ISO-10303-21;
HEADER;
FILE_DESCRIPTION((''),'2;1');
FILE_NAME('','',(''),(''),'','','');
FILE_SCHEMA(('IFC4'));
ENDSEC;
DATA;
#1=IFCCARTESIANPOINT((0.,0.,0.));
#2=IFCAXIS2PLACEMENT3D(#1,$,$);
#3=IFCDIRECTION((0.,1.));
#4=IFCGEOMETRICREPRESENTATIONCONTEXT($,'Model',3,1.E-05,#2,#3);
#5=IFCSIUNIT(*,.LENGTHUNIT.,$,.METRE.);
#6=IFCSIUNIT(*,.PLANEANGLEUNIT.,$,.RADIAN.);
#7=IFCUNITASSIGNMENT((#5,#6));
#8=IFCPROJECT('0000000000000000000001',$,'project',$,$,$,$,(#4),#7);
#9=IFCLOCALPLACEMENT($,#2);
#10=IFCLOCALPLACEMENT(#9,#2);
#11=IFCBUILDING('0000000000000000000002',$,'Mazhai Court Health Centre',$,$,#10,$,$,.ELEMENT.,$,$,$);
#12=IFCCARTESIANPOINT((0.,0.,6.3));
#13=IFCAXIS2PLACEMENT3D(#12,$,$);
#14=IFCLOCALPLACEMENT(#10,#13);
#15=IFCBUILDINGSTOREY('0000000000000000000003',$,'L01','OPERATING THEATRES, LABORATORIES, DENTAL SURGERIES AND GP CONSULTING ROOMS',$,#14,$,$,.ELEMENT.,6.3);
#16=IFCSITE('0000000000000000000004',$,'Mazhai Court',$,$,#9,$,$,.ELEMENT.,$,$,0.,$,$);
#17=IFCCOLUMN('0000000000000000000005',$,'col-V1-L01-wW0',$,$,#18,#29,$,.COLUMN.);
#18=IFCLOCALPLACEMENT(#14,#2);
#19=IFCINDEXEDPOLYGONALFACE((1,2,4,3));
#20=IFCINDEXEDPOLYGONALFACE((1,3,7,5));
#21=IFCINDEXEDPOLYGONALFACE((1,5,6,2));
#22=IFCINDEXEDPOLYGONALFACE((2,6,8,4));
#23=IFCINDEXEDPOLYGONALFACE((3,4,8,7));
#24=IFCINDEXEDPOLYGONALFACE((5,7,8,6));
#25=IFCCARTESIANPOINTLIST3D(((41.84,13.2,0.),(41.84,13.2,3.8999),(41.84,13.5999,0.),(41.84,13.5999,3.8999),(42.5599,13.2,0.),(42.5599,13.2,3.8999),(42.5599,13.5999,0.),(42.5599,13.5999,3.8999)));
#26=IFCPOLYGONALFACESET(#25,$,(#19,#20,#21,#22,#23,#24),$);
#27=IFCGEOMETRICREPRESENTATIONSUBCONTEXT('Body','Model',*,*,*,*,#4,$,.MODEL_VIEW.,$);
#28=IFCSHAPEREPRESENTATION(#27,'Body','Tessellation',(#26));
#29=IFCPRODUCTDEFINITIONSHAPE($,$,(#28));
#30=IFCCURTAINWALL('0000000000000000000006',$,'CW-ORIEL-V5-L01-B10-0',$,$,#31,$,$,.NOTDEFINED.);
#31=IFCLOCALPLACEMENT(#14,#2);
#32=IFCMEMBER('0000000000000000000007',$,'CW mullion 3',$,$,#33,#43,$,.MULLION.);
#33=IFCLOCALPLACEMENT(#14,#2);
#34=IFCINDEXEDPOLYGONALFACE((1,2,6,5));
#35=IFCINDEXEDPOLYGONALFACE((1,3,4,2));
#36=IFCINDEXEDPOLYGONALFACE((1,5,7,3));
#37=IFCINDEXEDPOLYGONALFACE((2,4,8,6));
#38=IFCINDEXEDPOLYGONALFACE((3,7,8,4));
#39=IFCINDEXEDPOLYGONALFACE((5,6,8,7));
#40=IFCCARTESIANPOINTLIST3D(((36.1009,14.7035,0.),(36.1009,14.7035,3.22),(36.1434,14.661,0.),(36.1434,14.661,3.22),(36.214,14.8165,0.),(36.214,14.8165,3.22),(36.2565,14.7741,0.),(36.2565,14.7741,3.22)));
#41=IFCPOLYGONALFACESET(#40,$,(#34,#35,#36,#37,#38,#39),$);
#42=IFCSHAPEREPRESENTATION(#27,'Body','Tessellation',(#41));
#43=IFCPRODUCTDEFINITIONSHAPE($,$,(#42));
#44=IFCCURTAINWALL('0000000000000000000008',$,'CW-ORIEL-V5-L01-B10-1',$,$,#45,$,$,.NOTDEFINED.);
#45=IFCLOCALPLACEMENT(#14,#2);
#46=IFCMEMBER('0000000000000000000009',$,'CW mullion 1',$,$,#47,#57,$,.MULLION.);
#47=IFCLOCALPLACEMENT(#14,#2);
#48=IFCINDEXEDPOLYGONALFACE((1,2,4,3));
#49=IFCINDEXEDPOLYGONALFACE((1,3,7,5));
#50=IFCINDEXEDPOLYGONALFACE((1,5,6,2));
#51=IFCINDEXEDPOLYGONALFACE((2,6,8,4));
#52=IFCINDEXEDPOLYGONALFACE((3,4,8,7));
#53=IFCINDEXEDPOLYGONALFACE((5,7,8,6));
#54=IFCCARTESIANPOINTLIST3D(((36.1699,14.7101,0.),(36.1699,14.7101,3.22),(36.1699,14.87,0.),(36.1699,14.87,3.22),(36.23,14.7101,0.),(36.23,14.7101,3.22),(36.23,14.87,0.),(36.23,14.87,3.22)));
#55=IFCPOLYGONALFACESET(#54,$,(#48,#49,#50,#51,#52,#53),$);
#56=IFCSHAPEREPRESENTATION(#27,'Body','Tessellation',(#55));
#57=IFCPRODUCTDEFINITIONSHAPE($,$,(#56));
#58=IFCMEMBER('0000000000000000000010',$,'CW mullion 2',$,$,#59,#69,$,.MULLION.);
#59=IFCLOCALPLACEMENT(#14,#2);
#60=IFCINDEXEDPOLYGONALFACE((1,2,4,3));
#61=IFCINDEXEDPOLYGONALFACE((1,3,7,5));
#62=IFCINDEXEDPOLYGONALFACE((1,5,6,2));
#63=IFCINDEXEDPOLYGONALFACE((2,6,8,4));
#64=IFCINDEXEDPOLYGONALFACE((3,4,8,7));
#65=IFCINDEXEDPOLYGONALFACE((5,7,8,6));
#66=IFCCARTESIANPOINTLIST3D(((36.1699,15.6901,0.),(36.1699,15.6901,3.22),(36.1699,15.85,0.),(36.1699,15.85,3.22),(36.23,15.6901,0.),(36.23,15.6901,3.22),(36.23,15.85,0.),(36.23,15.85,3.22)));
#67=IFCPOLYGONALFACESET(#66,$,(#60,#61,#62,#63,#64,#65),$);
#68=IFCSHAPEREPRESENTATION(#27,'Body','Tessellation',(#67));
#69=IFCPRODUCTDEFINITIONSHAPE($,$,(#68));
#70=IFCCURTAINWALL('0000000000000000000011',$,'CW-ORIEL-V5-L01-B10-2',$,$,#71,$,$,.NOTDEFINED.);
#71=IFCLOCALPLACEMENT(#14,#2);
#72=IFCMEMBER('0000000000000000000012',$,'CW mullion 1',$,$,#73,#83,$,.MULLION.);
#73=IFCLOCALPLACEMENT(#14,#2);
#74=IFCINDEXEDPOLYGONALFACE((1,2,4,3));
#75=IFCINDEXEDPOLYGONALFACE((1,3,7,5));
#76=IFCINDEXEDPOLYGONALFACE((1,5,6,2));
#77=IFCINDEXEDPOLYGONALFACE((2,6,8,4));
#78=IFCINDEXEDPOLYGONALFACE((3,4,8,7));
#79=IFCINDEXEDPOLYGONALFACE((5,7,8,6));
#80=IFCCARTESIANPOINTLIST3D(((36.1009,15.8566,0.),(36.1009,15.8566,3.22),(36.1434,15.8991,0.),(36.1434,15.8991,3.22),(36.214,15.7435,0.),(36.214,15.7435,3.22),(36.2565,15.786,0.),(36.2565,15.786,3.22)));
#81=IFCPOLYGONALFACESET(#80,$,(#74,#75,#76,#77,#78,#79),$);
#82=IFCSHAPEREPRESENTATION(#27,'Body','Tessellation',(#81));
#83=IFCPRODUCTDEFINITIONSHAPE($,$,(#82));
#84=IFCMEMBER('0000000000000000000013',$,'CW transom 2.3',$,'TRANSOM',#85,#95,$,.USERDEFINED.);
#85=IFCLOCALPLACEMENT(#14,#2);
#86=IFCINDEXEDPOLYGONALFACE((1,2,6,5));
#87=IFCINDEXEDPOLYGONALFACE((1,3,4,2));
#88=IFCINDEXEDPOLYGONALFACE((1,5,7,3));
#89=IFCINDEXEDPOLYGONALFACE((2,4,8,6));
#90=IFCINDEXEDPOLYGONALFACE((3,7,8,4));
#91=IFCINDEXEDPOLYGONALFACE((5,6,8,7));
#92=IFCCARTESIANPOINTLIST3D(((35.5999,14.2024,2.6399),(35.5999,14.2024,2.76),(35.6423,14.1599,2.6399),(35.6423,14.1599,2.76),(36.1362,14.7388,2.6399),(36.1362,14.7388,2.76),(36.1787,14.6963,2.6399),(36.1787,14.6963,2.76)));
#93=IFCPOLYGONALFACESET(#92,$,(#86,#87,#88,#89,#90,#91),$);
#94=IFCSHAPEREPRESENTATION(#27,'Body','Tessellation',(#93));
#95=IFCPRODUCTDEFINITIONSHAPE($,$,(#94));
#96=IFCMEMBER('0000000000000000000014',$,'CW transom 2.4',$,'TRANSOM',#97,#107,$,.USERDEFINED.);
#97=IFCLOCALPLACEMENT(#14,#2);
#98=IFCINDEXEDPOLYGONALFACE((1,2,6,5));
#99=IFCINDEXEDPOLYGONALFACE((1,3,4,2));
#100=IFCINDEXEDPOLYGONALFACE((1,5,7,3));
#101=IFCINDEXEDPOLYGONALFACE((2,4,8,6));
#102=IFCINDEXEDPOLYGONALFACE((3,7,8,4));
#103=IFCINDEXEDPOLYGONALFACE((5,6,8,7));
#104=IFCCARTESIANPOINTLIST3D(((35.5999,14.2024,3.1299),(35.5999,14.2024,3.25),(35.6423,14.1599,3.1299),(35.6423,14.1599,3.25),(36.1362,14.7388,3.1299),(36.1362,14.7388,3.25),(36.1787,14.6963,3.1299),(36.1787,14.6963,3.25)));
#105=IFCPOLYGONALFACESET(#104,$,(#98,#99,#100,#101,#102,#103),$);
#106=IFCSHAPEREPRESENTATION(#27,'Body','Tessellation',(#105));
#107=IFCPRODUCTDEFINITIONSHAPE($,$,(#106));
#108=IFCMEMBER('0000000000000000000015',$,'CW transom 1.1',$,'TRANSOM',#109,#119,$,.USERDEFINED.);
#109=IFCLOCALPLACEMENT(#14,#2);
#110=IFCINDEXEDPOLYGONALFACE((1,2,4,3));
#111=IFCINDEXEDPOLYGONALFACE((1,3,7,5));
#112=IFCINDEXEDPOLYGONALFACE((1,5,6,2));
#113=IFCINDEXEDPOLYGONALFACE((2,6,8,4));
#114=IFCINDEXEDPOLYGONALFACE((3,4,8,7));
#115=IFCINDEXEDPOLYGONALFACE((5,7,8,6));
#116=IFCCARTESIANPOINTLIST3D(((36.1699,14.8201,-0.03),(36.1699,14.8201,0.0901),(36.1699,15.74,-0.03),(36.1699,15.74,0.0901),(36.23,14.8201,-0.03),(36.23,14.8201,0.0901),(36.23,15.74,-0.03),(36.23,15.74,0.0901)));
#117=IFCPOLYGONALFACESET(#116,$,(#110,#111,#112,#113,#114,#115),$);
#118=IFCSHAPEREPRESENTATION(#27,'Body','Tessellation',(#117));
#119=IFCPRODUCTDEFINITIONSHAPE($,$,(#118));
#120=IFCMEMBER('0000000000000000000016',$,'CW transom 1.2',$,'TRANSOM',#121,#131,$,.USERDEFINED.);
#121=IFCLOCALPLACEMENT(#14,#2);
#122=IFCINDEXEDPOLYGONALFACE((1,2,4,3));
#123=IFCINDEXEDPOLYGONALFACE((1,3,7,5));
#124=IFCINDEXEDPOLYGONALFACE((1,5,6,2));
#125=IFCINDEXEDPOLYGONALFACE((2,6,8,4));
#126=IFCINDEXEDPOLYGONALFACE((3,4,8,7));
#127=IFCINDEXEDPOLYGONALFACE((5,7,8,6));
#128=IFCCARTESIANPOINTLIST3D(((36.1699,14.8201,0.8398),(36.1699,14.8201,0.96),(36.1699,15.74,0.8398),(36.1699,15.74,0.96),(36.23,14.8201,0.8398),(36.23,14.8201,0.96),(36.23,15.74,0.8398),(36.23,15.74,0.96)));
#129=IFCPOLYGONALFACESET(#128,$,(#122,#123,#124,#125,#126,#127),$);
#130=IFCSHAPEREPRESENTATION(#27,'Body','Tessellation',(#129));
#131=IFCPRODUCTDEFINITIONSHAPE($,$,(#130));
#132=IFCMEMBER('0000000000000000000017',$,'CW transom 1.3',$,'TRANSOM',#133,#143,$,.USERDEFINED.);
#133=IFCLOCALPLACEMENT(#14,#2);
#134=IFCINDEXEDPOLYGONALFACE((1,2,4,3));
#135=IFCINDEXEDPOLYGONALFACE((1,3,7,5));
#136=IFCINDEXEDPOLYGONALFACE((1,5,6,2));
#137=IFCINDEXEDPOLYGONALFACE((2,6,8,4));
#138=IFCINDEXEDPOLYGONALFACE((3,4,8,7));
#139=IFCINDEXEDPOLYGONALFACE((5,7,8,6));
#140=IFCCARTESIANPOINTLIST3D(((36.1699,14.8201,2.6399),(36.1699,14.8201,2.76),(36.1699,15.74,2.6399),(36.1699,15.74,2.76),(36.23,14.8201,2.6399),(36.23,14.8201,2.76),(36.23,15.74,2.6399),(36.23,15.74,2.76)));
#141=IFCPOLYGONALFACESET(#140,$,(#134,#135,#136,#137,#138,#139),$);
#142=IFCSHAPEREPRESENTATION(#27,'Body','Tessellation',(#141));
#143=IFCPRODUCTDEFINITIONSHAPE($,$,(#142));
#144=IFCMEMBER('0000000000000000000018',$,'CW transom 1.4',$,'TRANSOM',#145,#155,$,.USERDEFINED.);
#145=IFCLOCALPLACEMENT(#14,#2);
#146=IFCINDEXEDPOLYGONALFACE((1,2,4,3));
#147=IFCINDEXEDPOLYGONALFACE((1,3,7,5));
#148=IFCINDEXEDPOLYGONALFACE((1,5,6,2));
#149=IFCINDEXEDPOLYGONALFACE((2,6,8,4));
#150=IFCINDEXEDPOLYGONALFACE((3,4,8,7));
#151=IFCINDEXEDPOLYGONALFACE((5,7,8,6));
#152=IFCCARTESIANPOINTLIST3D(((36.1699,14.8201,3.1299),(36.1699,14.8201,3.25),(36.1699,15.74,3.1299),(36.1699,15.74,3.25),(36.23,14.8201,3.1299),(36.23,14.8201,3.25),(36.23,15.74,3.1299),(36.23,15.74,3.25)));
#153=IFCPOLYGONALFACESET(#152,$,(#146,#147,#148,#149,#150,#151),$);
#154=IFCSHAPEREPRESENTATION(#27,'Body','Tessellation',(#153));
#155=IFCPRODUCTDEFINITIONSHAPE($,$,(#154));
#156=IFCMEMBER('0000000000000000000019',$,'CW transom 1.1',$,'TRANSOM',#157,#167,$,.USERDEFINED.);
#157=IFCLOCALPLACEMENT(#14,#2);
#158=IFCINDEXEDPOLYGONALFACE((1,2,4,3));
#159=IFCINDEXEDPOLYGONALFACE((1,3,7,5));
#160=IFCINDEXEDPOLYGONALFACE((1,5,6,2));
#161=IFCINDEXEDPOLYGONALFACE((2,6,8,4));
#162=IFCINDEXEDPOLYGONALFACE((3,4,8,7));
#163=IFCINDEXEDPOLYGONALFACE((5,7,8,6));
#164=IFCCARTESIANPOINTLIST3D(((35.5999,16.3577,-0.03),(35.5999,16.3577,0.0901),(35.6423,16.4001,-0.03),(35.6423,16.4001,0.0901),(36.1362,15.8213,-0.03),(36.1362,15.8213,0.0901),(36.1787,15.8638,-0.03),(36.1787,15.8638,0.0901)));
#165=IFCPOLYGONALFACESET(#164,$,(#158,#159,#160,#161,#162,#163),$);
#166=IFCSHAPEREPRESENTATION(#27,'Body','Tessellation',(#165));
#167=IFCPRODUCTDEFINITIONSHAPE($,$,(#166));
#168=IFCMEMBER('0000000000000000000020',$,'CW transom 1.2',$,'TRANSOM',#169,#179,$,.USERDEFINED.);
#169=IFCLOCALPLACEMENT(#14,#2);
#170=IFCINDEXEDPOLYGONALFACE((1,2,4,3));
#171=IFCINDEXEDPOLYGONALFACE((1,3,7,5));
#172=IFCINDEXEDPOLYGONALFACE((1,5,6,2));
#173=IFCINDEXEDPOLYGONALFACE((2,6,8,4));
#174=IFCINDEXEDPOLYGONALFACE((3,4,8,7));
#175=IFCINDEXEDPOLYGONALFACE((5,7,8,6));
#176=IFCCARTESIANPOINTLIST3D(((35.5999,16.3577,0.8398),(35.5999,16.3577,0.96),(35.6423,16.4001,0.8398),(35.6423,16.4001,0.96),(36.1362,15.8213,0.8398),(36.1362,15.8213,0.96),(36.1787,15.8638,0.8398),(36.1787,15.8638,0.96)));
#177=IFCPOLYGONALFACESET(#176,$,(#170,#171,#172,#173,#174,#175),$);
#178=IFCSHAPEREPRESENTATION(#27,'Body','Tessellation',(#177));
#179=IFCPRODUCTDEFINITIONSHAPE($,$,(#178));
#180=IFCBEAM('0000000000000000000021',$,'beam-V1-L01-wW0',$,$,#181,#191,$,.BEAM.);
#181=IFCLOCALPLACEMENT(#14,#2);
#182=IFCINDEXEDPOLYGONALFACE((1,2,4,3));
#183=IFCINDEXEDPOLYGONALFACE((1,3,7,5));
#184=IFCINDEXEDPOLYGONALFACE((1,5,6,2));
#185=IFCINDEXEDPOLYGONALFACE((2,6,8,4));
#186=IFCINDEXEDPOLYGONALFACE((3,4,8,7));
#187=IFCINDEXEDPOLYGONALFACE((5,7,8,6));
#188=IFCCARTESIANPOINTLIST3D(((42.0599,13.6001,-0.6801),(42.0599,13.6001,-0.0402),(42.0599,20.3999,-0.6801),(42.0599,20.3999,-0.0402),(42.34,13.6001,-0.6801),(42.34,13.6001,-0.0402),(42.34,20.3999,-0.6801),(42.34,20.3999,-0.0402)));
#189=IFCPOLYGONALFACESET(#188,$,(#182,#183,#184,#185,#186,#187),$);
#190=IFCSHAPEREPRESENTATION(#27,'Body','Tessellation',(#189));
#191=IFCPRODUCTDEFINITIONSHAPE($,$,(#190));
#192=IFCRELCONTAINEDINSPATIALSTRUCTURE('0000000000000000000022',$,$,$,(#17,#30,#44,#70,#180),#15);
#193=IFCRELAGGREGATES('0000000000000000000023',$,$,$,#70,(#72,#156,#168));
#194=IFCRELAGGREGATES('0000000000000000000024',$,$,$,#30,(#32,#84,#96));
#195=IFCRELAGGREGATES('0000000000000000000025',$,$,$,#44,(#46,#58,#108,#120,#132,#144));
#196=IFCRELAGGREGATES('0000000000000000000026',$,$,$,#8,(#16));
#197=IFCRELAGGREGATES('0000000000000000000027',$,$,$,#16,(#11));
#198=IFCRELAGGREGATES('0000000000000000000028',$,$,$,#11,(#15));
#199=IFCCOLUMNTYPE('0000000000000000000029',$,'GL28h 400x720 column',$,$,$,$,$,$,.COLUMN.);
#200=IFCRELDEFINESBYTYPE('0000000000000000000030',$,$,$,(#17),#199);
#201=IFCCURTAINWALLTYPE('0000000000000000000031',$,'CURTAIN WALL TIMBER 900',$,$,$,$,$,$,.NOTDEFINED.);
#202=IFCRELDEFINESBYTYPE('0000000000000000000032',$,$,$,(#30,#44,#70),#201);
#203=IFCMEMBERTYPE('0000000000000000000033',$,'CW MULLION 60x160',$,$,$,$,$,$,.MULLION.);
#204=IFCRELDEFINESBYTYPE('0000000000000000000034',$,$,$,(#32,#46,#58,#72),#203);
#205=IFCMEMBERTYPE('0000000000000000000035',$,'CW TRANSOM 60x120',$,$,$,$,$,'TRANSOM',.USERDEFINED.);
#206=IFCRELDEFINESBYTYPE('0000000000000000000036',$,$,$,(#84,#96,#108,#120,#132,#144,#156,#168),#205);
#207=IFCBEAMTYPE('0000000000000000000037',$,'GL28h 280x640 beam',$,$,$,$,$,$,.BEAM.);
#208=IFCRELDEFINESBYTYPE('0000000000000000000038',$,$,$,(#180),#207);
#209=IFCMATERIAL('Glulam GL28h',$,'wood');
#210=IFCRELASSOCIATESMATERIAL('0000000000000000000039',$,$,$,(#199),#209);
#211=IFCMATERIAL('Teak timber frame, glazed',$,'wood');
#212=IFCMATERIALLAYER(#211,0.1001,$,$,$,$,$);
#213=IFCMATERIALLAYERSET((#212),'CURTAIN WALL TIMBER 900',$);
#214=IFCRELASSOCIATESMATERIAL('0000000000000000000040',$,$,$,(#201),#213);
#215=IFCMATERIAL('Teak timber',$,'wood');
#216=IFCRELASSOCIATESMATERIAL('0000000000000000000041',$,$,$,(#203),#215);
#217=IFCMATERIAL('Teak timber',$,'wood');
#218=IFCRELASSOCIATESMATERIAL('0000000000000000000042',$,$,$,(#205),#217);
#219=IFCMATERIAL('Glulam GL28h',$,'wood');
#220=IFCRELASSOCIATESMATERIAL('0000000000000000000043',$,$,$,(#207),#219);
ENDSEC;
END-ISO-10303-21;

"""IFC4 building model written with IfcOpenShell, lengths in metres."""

from ifc_helpers import new_model, si_unit, direction, frame, origin, origin_2d, place, context, subcontext, project, spatial, rectangle, extrude, material, layer, layer_set, material_profile, profile_set, type_object, element, aggregate, save


model = new_model("IFC4")

# Units and contexts
model_context = context("Model", 3, precision=1e-05, world=origin(), true_north=direction((0.0, 1.0)))
body_context = subcontext(model_context, "Body", "Model", "MODEL_VIEW")
ifc_project = project(units=[si_unit("LENGTHUNIT", "METRE"), si_unit("PLANEANGLEUNIT", "RADIAN")], contexts=[model_context])

# Site, building, storey
site_placement = place(None, origin())
site = spatial("IfcSite", under=ifc_project, at=site_placement, Name="Mazhai Court", CompositionType="ELEMENT", RefElevation=0.0)
building_placement = place(site_placement, origin())
building = spatial("IfcBuilding", under=site, at=building_placement, Name="Mazhai Court Health Centre", CompositionType="ELEMENT")
storey_placement = place(building_placement, frame((0.0, 0.0, 6.3)))
storey = spatial("IfcBuildingStorey", under=building, at=storey_placement, Name="L01", Description="OPERATING THEATRES, LABORATORIES, DENTAL SURGERIES AND GP CONSULTING ROOMS", CompositionType="ELEMENT", Elevation=6.3)

# Column
ifc_material_1 = material(Name="Glulam GL28h", Category="wood")
ifc_material_profile_1 = material_profile(ifc_material_1, rectangle(XDim=0.3999, YDim=0.72, at=origin_2d()), Name="GL28h 400x720")
ifc_profile_set_1 = profile_set([ifc_material_profile_1], Name="Glulam GL28h")
column_type = type_object("IfcColumnType", Name="GL28h 400x720 column", PredefinedType="COLUMN", material=ifc_profile_set_1)
column_placement = place(storey_placement, frame((42.2, 13.3999, 0.0), z_axis=(0.0, 0.0, 1.0), x_axis=(0.0, 1.0, 0.0)))
element("IfcColumn", 1, at=column_placement, inside=storey, type_object=column_type, Name="col-V1-L01-wW0", PredefinedType="COLUMN", context=body_context, shape_type="SweptSolid", body=[
    extrude(rectangle(XDim=0.3999, YDim=0.72, at=origin_2d()), origin(), (0.0, 0.0, 1.0), 3.8999),
])

# Curtain wall, member
ifc_material_2 = material(Name="Teak timber frame, glazed", Category="wood")
ifc_layer_1 = layer(ifc_material_2, 0.1001)
ifc_layer_set_1 = layer_set([ifc_layer_1], Name="CURTAIN WALL TIMBER 900")
curtain_wall_type = type_object("IfcCurtainWallType", Name="CURTAIN WALL TIMBER 900", PredefinedType="NOTDEFINED", material=ifc_layer_set_1)
curtain_wall_1_placement = place(storey_placement, origin())
curtain_wall_1 = element("IfcCurtainWall", 2, at=curtain_wall_1_placement, inside=storey, type_object=curtain_wall_type, Name="CW-ORIEL-V5-L01-B10-0", PredefinedType="NOTDEFINED")
ifc_material_3 = material(Name="Teak timber", Category="wood")
ifc_material_profile_2 = material_profile(ifc_material_3, rectangle(XDim=0.0601, YDim=0.1599, at=origin_2d()), Name="CW MULLION 60x160")
ifc_profile_set_2 = profile_set([ifc_material_profile_2], Name="Teak timber")
member_type_1 = type_object("IfcMemberType", Name="CW MULLION 60x160", PredefinedType="MULLION", material=ifc_profile_set_2)
member_1_placement = place(storey_placement, frame((36.1787, 14.7388, 0.0), z_axis=(0.0, 0.0, 1.0), x_axis=(-0.707107, 0.707107, 0.0)))
member_1 = element("IfcMember", 3, at=member_1_placement, type_object=member_type_1, Name="CW mullion 3", PredefinedType="MULLION", context=body_context, shape_type="SweptSolid", body=[
    extrude(rectangle(XDim=0.0601, YDim=0.1599, at=origin_2d()), origin(), (0.0, 0.0, 1.0), 3.22),
])

# Curtain wall, members
curtain_wall_2_placement = place(storey_placement, origin())
curtain_wall_2 = element("IfcCurtainWall", 4, at=curtain_wall_2_placement, inside=storey, type_object=curtain_wall_type, Name="CW-ORIEL-V5-L01-B10-1", PredefinedType="NOTDEFINED")
member_2_placement = place(storey_placement, frame((36.2, 14.79, 0.0), z_axis=(0.0, 0.0, 1.0), x_axis=(-1.0, 0.0, 0.0)))
member_2 = element("IfcMember", 5, at=member_2_placement, type_object=member_type_1, Name="CW mullion 1", PredefinedType="MULLION", context=body_context, shape_type="SweptSolid", body=[
    extrude(rectangle(XDim=0.0601, YDim=0.1599, at=origin_2d()), origin(), (0.0, 0.0, 1.0), 3.22),
])
member_3_placement = place(storey_placement, frame((36.2, 15.77, 0.0), z_axis=(0.0, 0.0, 1.0), x_axis=(-1.0, 0.0, 0.0)))
member_3 = element("IfcMember", 6, at=member_3_placement, type_object=member_type_1, Name="CW mullion 2", PredefinedType="MULLION", context=body_context, shape_type="SweptSolid", body=[
    extrude(rectangle(XDim=0.0601, YDim=0.1599, at=origin_2d()), origin(), (0.0, 0.0, 1.0), 3.22),
])

# Curtain wall, member
curtain_wall_3_placement = place(storey_placement, origin())
curtain_wall_3 = element("IfcCurtainWall", 7, at=curtain_wall_3_placement, inside=storey, type_object=curtain_wall_type, Name="CW-ORIEL-V5-L01-B10-2", PredefinedType="NOTDEFINED")
member_4_placement = place(storey_placement, frame((36.1787, 15.8213, 0.0), z_axis=(0.0, 0.0, 1.0), x_axis=(-0.707107, -0.707107, 0.0)))
member_4 = element("IfcMember", 8, at=member_4_placement, type_object=member_type_1, Name="CW mullion 1", PredefinedType="MULLION", context=body_context, shape_type="SweptSolid", body=[
    extrude(rectangle(XDim=0.0601, YDim=0.1599, at=origin_2d()), origin(), (0.0, 0.0, 1.0), 3.22),
])

# Members
ifc_material_4 = material(Name="Teak timber", Category="wood")
ifc_material_profile_3 = material_profile(ifc_material_4, rectangle(XDim=0.0601, YDim=0.1201, at=origin_2d()), Name="CW TRANSOM 60x120")
ifc_profile_set_3 = profile_set([ifc_material_profile_3], Name="Teak timber")
member_type_2 = type_object("IfcMemberType", Name="CW TRANSOM 60x120", ElementType="TRANSOM", PredefinedType="USERDEFINED", material=ifc_profile_set_3)
member_5_placement = place(storey_placement, frame((35.6211, 14.1812, 2.7), z_axis=(0.707107, 0.707107, 0.0), x_axis=(-0.707107, 0.707107, 0.0)))
member_5 = element("IfcMember", 9, at=member_5_placement, type_object=member_type_2, Name="CW transom 2.3", ObjectType="TRANSOM", PredefinedType="USERDEFINED", context=body_context, shape_type="SweptSolid", body=[
    extrude(rectangle(XDim=0.0601, YDim=0.1201, at=origin_2d()), origin(), (0.0, 0.0, 1.0), 0.7585),
])
member_6_placement = place(storey_placement, frame((35.6211, 14.1812, 3.1899), z_axis=(0.707107, 0.707107, 0.0), x_axis=(-0.707107, 0.707107, 0.0)))
member_6 = element("IfcMember", 10, at=member_6_placement, type_object=member_type_2, Name="CW transom 2.4", ObjectType="TRANSOM", PredefinedType="USERDEFINED", context=body_context, shape_type="SweptSolid", body=[
    extrude(rectangle(XDim=0.0601, YDim=0.1201, at=origin_2d()), origin(), (0.0, 0.0, 1.0), 0.7585),
])
member_7_placement = place(storey_placement, frame((36.2, 14.8201, 0.03), z_axis=(0.0, 1.0, 0.0), x_axis=(-1.0, 0.0, 0.0)))
member_7 = element("IfcMember", 11, at=member_7_placement, type_object=member_type_2, Name="CW transom 1.1", ObjectType="TRANSOM", PredefinedType="USERDEFINED", context=body_context, shape_type="SweptSolid", body=[
    extrude(rectangle(XDim=0.0601, YDim=0.1201, at=origin_2d()), origin(), (0.0, 0.0, 1.0), 0.9199),
])
member_8_placement = place(storey_placement, frame((36.2, 14.8201, 0.8999), z_axis=(0.0, 1.0, 0.0), x_axis=(-1.0, 0.0, 0.0)))
member_8 = element("IfcMember", 12, at=member_8_placement, type_object=member_type_2, Name="CW transom 1.2", ObjectType="TRANSOM", PredefinedType="USERDEFINED", context=body_context, shape_type="SweptSolid", body=[
    extrude(rectangle(XDim=0.0601, YDim=0.1201, at=origin_2d()), origin(), (0.0, 0.0, 1.0), 0.9199),
])
member_9_placement = place(storey_placement, frame((36.2, 14.8201, 2.7), z_axis=(0.0, 1.0, 0.0), x_axis=(-1.0, 0.0, 0.0)))
member_9 = element("IfcMember", 13, at=member_9_placement, type_object=member_type_2, Name="CW transom 1.3", ObjectType="TRANSOM", PredefinedType="USERDEFINED", context=body_context, shape_type="SweptSolid", body=[
    extrude(rectangle(XDim=0.0601, YDim=0.1201, at=origin_2d()), origin(), (0.0, 0.0, 1.0), 0.9199),
])
member_10_placement = place(storey_placement, frame((36.2, 14.8201, 3.1899), z_axis=(0.0, 1.0, 0.0), x_axis=(-1.0, 0.0, 0.0)))
member_10 = element("IfcMember", 14, at=member_10_placement, type_object=member_type_2, Name="CW transom 1.4", ObjectType="TRANSOM", PredefinedType="USERDEFINED", context=body_context, shape_type="SweptSolid", body=[
    extrude(rectangle(XDim=0.0601, YDim=0.1201, at=origin_2d()), origin(), (0.0, 0.0, 1.0), 0.9199),
])
member_11_placement = place(storey_placement, frame((36.1575, 15.8425, 0.03), z_axis=(-0.707107, 0.707107, 0.0), x_axis=(-0.707107, -0.707107, 0.0)))
member_11 = element("IfcMember", 15, at=member_11_placement, type_object=member_type_2, Name="CW transom 1.1", ObjectType="TRANSOM", PredefinedType="USERDEFINED", context=body_context, shape_type="SweptSolid", body=[
    extrude(rectangle(XDim=0.0601, YDim=0.1201, at=origin_2d()), origin(), (0.0, 0.0, 1.0), 0.7585),
])
member_12_placement = place(storey_placement, frame((36.1575, 15.8425, 0.8999), z_axis=(-0.707107, 0.707107, 0.0), x_axis=(-0.707107, -0.707107, 0.0)))
member_12 = element("IfcMember", 16, at=member_12_placement, type_object=member_type_2, Name="CW transom 1.2", ObjectType="TRANSOM", PredefinedType="USERDEFINED", context=body_context, shape_type="SweptSolid", body=[
    extrude(rectangle(XDim=0.0601, YDim=0.1201, at=origin_2d()), origin(), (0.0, 0.0, 1.0), 0.7585),
])
aggregate(curtain_wall_3, [member_4, member_11, member_12])

# Beam
ifc_material_5 = material(Name="Glulam GL28h", Category="wood")
ifc_material_profile_4 = material_profile(ifc_material_5, rectangle(XDim=0.28, YDim=0.6399, at=origin_2d()), Name="GL28h 280x640")
ifc_profile_set_4 = profile_set([ifc_material_profile_4], Name="Glulam GL28h")
beam_type = type_object("IfcBeamType", Name="GL28h 280x640 beam", PredefinedType="BEAM", material=ifc_profile_set_4)
beam_placement = place(storey_placement, frame((42.2, 13.6001, -0.3601), z_axis=(0.0, 1.0, 0.0), x_axis=(-1.0, 0.0, 0.0)))
element("IfcBeam", 17, at=beam_placement, inside=storey, type_object=beam_type, Name="beam-V1-L01-wW0", PredefinedType="BEAM", context=body_context, shape_type="SweptSolid", body=[
    extrude(rectangle(XDim=0.28, YDim=0.6399, at=origin_2d()), origin(), (0.0, 0.0, 1.0), 6.7998),
])

aggregate(curtain_wall_1, [member_1, member_5, member_6])
aggregate(curtain_wall_2, [member_2, member_3, member_7, member_8, member_9, member_10])

save(model, "model.ifc")
